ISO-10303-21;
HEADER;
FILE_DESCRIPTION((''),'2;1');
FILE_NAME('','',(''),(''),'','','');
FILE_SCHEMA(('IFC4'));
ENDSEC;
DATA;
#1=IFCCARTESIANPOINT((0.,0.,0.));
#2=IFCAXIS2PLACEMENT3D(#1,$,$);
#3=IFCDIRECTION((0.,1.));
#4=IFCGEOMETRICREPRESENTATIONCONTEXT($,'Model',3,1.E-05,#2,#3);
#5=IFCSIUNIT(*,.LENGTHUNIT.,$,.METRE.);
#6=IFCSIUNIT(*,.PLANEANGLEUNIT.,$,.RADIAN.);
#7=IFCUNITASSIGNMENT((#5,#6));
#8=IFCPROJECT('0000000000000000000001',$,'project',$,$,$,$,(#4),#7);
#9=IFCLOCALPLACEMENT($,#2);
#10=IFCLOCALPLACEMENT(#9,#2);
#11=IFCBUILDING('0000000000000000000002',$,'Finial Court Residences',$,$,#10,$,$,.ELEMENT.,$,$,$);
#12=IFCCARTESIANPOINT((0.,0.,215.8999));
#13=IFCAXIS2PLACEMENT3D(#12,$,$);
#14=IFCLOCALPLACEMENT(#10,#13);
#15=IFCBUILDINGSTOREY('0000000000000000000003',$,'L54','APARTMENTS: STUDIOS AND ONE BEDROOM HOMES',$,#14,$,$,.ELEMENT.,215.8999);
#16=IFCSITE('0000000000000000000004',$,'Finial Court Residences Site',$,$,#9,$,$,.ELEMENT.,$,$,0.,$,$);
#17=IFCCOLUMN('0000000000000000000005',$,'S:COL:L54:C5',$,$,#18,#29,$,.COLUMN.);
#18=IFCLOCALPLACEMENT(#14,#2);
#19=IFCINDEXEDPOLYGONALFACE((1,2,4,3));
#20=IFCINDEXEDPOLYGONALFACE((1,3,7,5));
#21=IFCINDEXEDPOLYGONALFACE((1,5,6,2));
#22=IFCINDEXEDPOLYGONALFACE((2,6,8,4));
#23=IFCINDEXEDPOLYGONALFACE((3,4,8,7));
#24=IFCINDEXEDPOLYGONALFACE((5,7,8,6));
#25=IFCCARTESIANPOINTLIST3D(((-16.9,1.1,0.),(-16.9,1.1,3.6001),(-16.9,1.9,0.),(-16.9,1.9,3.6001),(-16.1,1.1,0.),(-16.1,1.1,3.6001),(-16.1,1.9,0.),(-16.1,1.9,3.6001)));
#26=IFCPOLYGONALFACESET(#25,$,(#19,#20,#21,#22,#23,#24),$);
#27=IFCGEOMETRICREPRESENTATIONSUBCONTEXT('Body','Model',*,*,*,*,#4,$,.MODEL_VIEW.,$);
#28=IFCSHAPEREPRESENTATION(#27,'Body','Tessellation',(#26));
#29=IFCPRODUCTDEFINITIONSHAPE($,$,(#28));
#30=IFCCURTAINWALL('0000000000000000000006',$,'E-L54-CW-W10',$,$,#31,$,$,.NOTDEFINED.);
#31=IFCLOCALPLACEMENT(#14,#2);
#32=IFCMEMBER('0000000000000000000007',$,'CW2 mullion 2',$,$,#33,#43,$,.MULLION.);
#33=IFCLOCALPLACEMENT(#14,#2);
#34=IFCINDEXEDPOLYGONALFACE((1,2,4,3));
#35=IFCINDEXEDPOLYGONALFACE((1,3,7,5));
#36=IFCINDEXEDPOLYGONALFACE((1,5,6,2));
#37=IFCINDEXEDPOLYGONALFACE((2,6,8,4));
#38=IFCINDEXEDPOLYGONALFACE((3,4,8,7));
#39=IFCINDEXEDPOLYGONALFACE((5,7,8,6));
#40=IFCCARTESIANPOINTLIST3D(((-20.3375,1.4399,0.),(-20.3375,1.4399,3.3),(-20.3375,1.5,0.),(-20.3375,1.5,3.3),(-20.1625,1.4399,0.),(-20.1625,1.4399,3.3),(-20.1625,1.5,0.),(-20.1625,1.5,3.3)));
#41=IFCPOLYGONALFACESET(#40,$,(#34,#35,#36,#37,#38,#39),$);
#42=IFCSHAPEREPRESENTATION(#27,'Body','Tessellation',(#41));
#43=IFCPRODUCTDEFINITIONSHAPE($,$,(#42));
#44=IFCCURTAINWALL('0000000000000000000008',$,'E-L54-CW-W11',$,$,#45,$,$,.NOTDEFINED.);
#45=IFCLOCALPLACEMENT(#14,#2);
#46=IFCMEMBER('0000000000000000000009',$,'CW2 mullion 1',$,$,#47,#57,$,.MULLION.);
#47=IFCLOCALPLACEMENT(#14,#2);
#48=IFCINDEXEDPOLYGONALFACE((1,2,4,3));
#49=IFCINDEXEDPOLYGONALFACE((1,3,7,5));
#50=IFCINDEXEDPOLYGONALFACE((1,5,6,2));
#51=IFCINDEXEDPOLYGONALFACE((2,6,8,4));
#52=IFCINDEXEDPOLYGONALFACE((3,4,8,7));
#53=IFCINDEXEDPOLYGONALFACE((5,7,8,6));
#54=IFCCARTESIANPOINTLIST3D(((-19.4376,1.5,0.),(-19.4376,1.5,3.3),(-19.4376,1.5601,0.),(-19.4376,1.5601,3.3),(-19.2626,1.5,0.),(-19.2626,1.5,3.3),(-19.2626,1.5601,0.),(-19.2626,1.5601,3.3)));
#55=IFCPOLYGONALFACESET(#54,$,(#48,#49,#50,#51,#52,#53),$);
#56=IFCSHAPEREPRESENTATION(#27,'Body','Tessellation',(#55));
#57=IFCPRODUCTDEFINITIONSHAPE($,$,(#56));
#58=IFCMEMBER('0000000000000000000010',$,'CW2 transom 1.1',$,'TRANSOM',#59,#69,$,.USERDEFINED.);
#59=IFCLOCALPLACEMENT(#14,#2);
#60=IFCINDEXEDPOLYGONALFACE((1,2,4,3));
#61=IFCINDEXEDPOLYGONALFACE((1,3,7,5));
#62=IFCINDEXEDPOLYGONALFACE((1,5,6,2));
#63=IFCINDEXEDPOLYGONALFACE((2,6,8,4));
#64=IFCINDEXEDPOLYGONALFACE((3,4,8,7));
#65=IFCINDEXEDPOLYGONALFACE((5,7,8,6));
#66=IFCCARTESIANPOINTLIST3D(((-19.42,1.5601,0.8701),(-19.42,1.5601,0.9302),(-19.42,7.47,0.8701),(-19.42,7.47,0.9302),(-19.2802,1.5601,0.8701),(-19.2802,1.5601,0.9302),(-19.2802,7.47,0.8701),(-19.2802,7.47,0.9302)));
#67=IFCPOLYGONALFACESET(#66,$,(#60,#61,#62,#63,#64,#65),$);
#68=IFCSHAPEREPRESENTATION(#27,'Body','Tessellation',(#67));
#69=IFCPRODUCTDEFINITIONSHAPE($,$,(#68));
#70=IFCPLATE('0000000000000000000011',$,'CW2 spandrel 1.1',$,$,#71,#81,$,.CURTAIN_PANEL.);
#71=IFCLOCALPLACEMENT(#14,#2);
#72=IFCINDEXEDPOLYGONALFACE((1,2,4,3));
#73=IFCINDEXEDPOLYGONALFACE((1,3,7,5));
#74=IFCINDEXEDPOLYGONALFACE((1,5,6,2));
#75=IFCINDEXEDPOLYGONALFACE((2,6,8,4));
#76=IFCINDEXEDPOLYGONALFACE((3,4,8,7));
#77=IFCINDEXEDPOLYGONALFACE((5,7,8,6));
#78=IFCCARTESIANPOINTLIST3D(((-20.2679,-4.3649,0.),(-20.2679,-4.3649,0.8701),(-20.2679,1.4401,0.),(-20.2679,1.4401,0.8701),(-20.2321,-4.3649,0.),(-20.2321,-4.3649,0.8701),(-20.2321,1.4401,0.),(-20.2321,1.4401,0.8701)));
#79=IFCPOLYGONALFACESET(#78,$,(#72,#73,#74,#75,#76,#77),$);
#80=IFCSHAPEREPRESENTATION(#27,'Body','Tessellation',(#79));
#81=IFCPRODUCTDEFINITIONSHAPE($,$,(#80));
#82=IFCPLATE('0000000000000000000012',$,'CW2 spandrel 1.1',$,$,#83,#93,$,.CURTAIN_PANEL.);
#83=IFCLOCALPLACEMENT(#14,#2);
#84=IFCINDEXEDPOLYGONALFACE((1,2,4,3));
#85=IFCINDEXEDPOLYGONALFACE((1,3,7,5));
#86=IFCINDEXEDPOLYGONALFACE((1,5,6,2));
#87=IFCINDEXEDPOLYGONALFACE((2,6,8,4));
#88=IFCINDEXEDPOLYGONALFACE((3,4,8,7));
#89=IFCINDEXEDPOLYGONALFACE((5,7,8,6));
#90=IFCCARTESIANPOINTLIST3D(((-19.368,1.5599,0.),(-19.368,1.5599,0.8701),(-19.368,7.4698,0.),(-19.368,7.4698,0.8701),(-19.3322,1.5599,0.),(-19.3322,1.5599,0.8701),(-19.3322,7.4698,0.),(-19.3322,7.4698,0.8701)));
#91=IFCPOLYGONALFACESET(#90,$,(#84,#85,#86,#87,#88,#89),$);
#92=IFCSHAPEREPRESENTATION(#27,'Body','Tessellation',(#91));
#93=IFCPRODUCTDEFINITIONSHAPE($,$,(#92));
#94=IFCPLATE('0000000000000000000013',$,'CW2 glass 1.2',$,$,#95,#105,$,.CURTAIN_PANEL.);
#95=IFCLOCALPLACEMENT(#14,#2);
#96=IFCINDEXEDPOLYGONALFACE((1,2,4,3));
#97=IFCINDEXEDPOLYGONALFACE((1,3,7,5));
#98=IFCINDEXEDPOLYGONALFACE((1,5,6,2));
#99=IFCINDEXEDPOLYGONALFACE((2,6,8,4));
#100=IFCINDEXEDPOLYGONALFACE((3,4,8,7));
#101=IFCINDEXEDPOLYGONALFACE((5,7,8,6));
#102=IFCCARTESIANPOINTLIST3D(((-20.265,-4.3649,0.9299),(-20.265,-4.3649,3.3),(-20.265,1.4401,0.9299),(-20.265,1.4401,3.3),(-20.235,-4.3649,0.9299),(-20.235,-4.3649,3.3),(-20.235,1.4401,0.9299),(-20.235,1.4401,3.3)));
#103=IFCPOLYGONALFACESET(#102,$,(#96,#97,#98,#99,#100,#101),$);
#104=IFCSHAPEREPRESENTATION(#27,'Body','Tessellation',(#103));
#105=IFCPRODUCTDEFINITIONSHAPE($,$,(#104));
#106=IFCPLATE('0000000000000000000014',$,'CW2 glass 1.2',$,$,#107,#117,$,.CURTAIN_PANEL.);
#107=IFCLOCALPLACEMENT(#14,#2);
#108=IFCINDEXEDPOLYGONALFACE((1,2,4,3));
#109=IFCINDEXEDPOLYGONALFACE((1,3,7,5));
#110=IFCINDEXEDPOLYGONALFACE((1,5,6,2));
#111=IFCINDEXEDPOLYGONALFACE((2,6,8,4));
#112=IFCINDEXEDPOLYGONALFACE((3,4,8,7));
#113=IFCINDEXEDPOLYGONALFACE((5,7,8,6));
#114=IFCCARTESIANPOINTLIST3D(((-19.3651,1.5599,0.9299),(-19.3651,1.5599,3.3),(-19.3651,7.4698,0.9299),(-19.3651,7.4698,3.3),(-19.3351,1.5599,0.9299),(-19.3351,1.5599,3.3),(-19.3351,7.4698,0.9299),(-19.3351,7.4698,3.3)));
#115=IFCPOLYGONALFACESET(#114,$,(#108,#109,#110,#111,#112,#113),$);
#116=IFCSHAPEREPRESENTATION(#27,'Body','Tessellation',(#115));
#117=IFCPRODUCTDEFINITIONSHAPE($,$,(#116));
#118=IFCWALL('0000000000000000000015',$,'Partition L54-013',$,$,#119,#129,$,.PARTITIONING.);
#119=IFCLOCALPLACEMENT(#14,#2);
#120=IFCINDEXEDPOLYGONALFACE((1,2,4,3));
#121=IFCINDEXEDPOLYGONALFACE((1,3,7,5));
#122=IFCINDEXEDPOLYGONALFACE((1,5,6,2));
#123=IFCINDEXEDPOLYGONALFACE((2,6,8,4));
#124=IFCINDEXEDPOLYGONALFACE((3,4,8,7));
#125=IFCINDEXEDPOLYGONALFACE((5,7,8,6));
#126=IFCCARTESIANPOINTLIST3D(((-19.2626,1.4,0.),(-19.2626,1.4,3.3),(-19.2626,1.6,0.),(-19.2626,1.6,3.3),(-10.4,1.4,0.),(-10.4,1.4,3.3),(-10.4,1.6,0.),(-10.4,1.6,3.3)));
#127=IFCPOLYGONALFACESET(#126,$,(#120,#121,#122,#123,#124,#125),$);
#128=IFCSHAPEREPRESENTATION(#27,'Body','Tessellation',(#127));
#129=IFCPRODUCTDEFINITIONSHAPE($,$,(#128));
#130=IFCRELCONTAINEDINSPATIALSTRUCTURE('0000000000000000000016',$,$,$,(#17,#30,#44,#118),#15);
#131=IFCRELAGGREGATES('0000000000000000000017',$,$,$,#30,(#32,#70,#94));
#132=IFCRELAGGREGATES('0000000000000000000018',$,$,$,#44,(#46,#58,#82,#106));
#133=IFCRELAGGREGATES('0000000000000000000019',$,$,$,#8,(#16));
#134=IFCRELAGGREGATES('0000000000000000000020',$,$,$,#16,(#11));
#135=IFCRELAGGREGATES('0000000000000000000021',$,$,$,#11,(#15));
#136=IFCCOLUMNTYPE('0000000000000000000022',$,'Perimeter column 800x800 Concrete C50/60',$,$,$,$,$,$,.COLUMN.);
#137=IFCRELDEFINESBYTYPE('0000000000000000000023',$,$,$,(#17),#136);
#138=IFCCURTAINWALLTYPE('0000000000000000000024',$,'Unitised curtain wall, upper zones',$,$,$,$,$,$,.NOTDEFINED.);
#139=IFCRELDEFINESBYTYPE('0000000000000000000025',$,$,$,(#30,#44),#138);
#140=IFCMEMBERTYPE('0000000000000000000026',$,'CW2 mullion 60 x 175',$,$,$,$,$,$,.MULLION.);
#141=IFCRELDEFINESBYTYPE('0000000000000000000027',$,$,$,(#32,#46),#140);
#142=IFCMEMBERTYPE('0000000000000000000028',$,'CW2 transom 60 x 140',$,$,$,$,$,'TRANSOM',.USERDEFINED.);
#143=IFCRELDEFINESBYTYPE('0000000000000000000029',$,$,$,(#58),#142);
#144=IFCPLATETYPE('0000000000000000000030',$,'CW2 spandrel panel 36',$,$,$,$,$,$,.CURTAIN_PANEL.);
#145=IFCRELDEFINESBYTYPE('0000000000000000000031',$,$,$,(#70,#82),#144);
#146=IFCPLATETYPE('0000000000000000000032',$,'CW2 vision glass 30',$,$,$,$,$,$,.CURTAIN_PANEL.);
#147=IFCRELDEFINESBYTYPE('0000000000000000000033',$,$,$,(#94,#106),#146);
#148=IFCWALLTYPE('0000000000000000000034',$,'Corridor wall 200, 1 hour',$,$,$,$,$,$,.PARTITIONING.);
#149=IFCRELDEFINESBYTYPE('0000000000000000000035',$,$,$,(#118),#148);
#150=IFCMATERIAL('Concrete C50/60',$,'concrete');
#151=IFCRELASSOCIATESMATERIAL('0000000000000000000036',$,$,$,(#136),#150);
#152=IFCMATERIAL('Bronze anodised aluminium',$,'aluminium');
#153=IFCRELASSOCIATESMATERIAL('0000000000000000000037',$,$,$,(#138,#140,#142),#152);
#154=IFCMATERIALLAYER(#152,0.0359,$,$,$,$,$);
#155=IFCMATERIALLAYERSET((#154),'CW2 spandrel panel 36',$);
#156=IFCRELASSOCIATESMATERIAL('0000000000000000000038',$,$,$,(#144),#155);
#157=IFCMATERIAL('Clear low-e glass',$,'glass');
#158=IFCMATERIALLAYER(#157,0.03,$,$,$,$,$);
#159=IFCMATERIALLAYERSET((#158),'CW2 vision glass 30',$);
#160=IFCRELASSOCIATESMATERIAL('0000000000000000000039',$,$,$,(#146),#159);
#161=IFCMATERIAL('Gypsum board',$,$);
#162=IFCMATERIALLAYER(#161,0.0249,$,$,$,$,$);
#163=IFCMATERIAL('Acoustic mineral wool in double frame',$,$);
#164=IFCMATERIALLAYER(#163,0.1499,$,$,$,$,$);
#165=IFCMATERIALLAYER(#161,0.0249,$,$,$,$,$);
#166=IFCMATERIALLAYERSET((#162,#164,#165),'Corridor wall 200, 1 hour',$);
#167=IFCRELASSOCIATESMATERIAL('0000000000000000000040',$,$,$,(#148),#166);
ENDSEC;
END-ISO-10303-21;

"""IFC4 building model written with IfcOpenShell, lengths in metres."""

from ifc_helpers import new_model, si_unit, direction, frame, frame_2d, origin, origin_2d, place, context, subcontext, project, spatial, rectangle, extrude, material, layer, layer_set, material_profile, profile_set, type_object, element, aggregate, save


model = new_model("IFC4")

# Units and contexts
model_context = context("Model", 3, precision=1e-05, world=origin(), true_north=direction((0.0, 1.0)))
body_context = subcontext(model_context, "Body", "Model", "MODEL_VIEW")
ifc_project = project(units=[si_unit("LENGTHUNIT", "METRE"), si_unit("PLANEANGLEUNIT", "RADIAN")], contexts=[model_context])

# Site, building, storey
site_placement = place(None, origin())
site = spatial("IfcSite", under=ifc_project, at=site_placement, Name="Finial Court Residences Site", CompositionType="ELEMENT", RefElevation=0.0)
building_placement = place(site_placement, origin())
building = spatial("IfcBuilding", under=site, at=building_placement, Name="Finial Court Residences", CompositionType="ELEMENT")
storey_placement = place(building_placement, frame((0.0, 0.0, 215.8999)))
storey = spatial("IfcBuildingStorey", under=building, at=storey_placement, Name="L54", Description="APARTMENTS: STUDIOS AND ONE BEDROOM HOMES", CompositionType="ELEMENT", Elevation=215.8999)

# Column
ifc_material_1 = material(Name="Concrete C50/60", Category="concrete")
ifc_material_profile_1 = material_profile(ifc_material_1, rectangle(XDim=0.8, YDim=0.8, at=origin_2d()), Name="800x800")
ifc_profile_set_1 = profile_set([ifc_material_profile_1], Name="Concrete C50/60")
column_type = type_object("IfcColumnType", Name="Perimeter column 800x800 Concrete C50/60", PredefinedType="COLUMN", material=ifc_profile_set_1)
column_placement = place(storey_placement, frame((-16.5, 1.5, 0.0), z_axis=(0.0, 0.0, 1.0), x_axis=(1.0, 0.0, 0.0)))
element("IfcColumn", 1, at=column_placement, inside=storey, type_object=column_type, Name="S:COL:L54:C5", PredefinedType="COLUMN", context=body_context, shape_type="SweptSolid", body=[
    extrude(rectangle(XDim=0.8, YDim=0.8, at=origin_2d()), origin(), (0.0, 0.0, 1.0), 3.6001),
])

# Curtain wall, member
ifc_material_2 = material(Name="Bronze anodised aluminium", Category="aluminium")
curtain_wall_type = type_object("IfcCurtainWallType", Name="Unitised curtain wall, upper zones", PredefinedType="NOTDEFINED", material=ifc_material_2)
curtain_wall_1_placement = place(storey_placement, origin())
curtain_wall_1 = element("IfcCurtainWall", 2, at=curtain_wall_1_placement, inside=storey, type_object=curtain_wall_type, Name="E-L54-CW-W10", PredefinedType="NOTDEFINED")
ifc_material_profile_2 = material_profile(ifc_material_2, rectangle(XDim=0.175, YDim=0.0601, at=origin_2d()), Name="CW2 mullion 60 x 175")
ifc_profile_set_2 = profile_set([ifc_material_profile_2], Name="Bronze anodised aluminium")
member_type_1 = type_object("IfcMemberType", Name="CW2 mullion 60 x 175", PredefinedType="MULLION", material=ifc_profile_set_2)
member_1_placement = place(storey_placement, frame((-20.25, 1.47, 0.0), z_axis=(0.0, 0.0, 1.0), x_axis=(-1.0, 0.0, 0.0)))
member_1 = element("IfcMember", 3, at=member_1_placement, type_object=member_type_1, Name="CW2 mullion 2", PredefinedType="MULLION", context=body_context, shape_type="SweptSolid", body=[
    extrude(rectangle(XDim=0.175, YDim=0.0601, at=origin_2d()), origin(), (0.0, 0.0, 1.0), 3.3),
])

# Curtain wall, members
curtain_wall_2_placement = place(storey_placement, origin())
curtain_wall_2 = element("IfcCurtainWall", 4, at=curtain_wall_2_placement, inside=storey, type_object=curtain_wall_type, Name="E-L54-CW-W11", PredefinedType="NOTDEFINED")
member_2_placement = place(storey_placement, frame((-19.3501, 1.53, 0.0), z_axis=(0.0, 0.0, 1.0), x_axis=(-1.0, 0.0, 0.0)))
member_2 = element("IfcMember", 5, at=member_2_placement, type_object=member_type_1, Name="CW2 mullion 1", PredefinedType="MULLION", context=body_context, shape_type="SweptSolid", body=[
    extrude(rectangle(XDim=0.175, YDim=0.0601, at=origin_2d()), origin(), (0.0, 0.0, 1.0), 3.3),
])
ifc_material_profile_3 = material_profile(ifc_material_2, rectangle(XDim=0.1399, YDim=0.0601, at=origin_2d()), Name="CW2 transom 60 x 140")
ifc_profile_set_3 = profile_set([ifc_material_profile_3], Name="Bronze anodised aluminium")
member_type_2 = type_object("IfcMemberType", Name="CW2 transom 60 x 140", ElementType="TRANSOM", PredefinedType="USERDEFINED", material=ifc_profile_set_3)
member_3_placement = place(storey_placement, frame((-19.3501, 1.5601, 0.9001), z_axis=(0.0, 1.0, 0.0), x_axis=(-1.0, 0.0, 0.0)))
member_3 = element("IfcMember", 6, at=member_3_placement, type_object=member_type_2, Name="CW2 transom 1.1", ObjectType="TRANSOM", PredefinedType="USERDEFINED", context=body_context, shape_type="SweptSolid", body=[
    extrude(rectangle(XDim=0.1399, YDim=0.0601, at=origin_2d()), origin(), (0.0, 0.0, 1.0), 5.9099),
])

# Plates
ifc_layer_1 = layer(ifc_material_2, 0.0359)
ifc_layer_set_1 = layer_set([ifc_layer_1], Name="CW2 spandrel panel 36")
plate_type_1 = type_object("IfcPlateType", Name="CW2 spandrel panel 36", PredefinedType="CURTAIN_PANEL", material=ifc_layer_set_1)
plate_1_placement = place(storey_placement, frame((-20.25, -1.4624, 0.0), z_axis=(0.0, 0.0, 1.0), x_axis=(0.0, 1.0, 0.0)))
plate_1 = element("IfcPlate", 7, at=plate_1_placement, type_object=plate_type_1, Name="CW2 spandrel 1.1", PredefinedType="CURTAIN_PANEL", context=body_context, shape_type="SweptSolid", body=[
    extrude(rectangle(XDim=5.8049, YDim=0.0359, at=origin_2d()), origin(), (0.0, 0.0, 1.0), 0.8701),
])
plate_2_placement = place(storey_placement, frame((-19.3501, 4.5149, 0.0), z_axis=(0.0, 0.0, 1.0), x_axis=(0.0, 1.0, 0.0)))
plate_2 = element("IfcPlate", 8, at=plate_2_placement, type_object=plate_type_1, Name="CW2 spandrel 1.1", PredefinedType="CURTAIN_PANEL", context=body_context, shape_type="SweptSolid", body=[
    extrude(rectangle(XDim=5.9099, YDim=0.0359, at=origin_2d()), origin(), (0.0, 0.0, 1.0), 0.8701),
])
ifc_material_3 = material(Name="Clear low-e glass", Category="glass")
ifc_layer_2 = layer(ifc_material_3, 0.03)
ifc_layer_set_2 = layer_set([ifc_layer_2], Name="CW2 vision glass 30")
plate_type_2 = type_object("IfcPlateType", Name="CW2 vision glass 30", PredefinedType="CURTAIN_PANEL", material=ifc_layer_set_2)
plate_3_placement = place(storey_placement, frame((-20.25, -1.4624, 0.9299), z_axis=(0.0, 0.0, 1.0), x_axis=(0.0, 1.0, 0.0)))
plate_3 = element("IfcPlate", 9, at=plate_3_placement, type_object=plate_type_2, Name="CW2 glass 1.2", PredefinedType="CURTAIN_PANEL", context=body_context, shape_type="SweptSolid", body=[
    extrude(rectangle(XDim=5.8049, YDim=0.03, at=origin_2d()), origin(), (0.0, 0.0, 1.0), 2.3701),
])
aggregate(curtain_wall_1, [member_1, plate_1, plate_3])
plate_4_placement = place(storey_placement, frame((-19.3501, 4.5149, 0.9299), z_axis=(0.0, 0.0, 1.0), x_axis=(0.0, 1.0, 0.0)))
plate_4 = element("IfcPlate", 10, at=plate_4_placement, type_object=plate_type_2, Name="CW2 glass 1.2", PredefinedType="CURTAIN_PANEL", context=body_context, shape_type="SweptSolid", body=[
    extrude(rectangle(XDim=5.9099, YDim=0.03, at=origin_2d()), origin(), (0.0, 0.0, 1.0), 2.3701),
])
aggregate(curtain_wall_2, [member_2, member_3, plate_2, plate_4])

# Wall
ifc_material_4 = material(Name="Gypsum board")
ifc_layer_3 = layer(ifc_material_4, 0.0249)
ifc_material_5 = material(Name="Acoustic mineral wool in double frame")
ifc_layer_4 = layer(ifc_material_5, 0.1499)
ifc_layer_5 = layer(ifc_material_4, 0.0249)
ifc_layer_set_3 = layer_set([ifc_layer_3, ifc_layer_4, ifc_layer_5], Name="Corridor wall 200, 1 hour")
wall_type_1 = type_object("IfcWallType", Name="Corridor wall 200, 1 hour", PredefinedType="PARTITIONING", material=ifc_layer_set_3)
wall_1_placement = place(storey_placement, frame((-19.2625, 1.5, 0.0), z_axis=(0.0, 0.0, 1.0), x_axis=(1.0, 0.0, 0.0)))
element("IfcWall", 11, at=wall_1_placement, inside=storey, type_object=wall_type_1, Name="Partition L54-013", PredefinedType="PARTITIONING", context=body_context, shape_type="SweptSolid", body=[
    extrude(rectangle(XDim=8.8625, YDim=0.2, at=frame_2d((4.4312, 0.0))), origin(), (0.0, 0.0, 1.0), 3.3),
])

save(model, "model.ifc")
